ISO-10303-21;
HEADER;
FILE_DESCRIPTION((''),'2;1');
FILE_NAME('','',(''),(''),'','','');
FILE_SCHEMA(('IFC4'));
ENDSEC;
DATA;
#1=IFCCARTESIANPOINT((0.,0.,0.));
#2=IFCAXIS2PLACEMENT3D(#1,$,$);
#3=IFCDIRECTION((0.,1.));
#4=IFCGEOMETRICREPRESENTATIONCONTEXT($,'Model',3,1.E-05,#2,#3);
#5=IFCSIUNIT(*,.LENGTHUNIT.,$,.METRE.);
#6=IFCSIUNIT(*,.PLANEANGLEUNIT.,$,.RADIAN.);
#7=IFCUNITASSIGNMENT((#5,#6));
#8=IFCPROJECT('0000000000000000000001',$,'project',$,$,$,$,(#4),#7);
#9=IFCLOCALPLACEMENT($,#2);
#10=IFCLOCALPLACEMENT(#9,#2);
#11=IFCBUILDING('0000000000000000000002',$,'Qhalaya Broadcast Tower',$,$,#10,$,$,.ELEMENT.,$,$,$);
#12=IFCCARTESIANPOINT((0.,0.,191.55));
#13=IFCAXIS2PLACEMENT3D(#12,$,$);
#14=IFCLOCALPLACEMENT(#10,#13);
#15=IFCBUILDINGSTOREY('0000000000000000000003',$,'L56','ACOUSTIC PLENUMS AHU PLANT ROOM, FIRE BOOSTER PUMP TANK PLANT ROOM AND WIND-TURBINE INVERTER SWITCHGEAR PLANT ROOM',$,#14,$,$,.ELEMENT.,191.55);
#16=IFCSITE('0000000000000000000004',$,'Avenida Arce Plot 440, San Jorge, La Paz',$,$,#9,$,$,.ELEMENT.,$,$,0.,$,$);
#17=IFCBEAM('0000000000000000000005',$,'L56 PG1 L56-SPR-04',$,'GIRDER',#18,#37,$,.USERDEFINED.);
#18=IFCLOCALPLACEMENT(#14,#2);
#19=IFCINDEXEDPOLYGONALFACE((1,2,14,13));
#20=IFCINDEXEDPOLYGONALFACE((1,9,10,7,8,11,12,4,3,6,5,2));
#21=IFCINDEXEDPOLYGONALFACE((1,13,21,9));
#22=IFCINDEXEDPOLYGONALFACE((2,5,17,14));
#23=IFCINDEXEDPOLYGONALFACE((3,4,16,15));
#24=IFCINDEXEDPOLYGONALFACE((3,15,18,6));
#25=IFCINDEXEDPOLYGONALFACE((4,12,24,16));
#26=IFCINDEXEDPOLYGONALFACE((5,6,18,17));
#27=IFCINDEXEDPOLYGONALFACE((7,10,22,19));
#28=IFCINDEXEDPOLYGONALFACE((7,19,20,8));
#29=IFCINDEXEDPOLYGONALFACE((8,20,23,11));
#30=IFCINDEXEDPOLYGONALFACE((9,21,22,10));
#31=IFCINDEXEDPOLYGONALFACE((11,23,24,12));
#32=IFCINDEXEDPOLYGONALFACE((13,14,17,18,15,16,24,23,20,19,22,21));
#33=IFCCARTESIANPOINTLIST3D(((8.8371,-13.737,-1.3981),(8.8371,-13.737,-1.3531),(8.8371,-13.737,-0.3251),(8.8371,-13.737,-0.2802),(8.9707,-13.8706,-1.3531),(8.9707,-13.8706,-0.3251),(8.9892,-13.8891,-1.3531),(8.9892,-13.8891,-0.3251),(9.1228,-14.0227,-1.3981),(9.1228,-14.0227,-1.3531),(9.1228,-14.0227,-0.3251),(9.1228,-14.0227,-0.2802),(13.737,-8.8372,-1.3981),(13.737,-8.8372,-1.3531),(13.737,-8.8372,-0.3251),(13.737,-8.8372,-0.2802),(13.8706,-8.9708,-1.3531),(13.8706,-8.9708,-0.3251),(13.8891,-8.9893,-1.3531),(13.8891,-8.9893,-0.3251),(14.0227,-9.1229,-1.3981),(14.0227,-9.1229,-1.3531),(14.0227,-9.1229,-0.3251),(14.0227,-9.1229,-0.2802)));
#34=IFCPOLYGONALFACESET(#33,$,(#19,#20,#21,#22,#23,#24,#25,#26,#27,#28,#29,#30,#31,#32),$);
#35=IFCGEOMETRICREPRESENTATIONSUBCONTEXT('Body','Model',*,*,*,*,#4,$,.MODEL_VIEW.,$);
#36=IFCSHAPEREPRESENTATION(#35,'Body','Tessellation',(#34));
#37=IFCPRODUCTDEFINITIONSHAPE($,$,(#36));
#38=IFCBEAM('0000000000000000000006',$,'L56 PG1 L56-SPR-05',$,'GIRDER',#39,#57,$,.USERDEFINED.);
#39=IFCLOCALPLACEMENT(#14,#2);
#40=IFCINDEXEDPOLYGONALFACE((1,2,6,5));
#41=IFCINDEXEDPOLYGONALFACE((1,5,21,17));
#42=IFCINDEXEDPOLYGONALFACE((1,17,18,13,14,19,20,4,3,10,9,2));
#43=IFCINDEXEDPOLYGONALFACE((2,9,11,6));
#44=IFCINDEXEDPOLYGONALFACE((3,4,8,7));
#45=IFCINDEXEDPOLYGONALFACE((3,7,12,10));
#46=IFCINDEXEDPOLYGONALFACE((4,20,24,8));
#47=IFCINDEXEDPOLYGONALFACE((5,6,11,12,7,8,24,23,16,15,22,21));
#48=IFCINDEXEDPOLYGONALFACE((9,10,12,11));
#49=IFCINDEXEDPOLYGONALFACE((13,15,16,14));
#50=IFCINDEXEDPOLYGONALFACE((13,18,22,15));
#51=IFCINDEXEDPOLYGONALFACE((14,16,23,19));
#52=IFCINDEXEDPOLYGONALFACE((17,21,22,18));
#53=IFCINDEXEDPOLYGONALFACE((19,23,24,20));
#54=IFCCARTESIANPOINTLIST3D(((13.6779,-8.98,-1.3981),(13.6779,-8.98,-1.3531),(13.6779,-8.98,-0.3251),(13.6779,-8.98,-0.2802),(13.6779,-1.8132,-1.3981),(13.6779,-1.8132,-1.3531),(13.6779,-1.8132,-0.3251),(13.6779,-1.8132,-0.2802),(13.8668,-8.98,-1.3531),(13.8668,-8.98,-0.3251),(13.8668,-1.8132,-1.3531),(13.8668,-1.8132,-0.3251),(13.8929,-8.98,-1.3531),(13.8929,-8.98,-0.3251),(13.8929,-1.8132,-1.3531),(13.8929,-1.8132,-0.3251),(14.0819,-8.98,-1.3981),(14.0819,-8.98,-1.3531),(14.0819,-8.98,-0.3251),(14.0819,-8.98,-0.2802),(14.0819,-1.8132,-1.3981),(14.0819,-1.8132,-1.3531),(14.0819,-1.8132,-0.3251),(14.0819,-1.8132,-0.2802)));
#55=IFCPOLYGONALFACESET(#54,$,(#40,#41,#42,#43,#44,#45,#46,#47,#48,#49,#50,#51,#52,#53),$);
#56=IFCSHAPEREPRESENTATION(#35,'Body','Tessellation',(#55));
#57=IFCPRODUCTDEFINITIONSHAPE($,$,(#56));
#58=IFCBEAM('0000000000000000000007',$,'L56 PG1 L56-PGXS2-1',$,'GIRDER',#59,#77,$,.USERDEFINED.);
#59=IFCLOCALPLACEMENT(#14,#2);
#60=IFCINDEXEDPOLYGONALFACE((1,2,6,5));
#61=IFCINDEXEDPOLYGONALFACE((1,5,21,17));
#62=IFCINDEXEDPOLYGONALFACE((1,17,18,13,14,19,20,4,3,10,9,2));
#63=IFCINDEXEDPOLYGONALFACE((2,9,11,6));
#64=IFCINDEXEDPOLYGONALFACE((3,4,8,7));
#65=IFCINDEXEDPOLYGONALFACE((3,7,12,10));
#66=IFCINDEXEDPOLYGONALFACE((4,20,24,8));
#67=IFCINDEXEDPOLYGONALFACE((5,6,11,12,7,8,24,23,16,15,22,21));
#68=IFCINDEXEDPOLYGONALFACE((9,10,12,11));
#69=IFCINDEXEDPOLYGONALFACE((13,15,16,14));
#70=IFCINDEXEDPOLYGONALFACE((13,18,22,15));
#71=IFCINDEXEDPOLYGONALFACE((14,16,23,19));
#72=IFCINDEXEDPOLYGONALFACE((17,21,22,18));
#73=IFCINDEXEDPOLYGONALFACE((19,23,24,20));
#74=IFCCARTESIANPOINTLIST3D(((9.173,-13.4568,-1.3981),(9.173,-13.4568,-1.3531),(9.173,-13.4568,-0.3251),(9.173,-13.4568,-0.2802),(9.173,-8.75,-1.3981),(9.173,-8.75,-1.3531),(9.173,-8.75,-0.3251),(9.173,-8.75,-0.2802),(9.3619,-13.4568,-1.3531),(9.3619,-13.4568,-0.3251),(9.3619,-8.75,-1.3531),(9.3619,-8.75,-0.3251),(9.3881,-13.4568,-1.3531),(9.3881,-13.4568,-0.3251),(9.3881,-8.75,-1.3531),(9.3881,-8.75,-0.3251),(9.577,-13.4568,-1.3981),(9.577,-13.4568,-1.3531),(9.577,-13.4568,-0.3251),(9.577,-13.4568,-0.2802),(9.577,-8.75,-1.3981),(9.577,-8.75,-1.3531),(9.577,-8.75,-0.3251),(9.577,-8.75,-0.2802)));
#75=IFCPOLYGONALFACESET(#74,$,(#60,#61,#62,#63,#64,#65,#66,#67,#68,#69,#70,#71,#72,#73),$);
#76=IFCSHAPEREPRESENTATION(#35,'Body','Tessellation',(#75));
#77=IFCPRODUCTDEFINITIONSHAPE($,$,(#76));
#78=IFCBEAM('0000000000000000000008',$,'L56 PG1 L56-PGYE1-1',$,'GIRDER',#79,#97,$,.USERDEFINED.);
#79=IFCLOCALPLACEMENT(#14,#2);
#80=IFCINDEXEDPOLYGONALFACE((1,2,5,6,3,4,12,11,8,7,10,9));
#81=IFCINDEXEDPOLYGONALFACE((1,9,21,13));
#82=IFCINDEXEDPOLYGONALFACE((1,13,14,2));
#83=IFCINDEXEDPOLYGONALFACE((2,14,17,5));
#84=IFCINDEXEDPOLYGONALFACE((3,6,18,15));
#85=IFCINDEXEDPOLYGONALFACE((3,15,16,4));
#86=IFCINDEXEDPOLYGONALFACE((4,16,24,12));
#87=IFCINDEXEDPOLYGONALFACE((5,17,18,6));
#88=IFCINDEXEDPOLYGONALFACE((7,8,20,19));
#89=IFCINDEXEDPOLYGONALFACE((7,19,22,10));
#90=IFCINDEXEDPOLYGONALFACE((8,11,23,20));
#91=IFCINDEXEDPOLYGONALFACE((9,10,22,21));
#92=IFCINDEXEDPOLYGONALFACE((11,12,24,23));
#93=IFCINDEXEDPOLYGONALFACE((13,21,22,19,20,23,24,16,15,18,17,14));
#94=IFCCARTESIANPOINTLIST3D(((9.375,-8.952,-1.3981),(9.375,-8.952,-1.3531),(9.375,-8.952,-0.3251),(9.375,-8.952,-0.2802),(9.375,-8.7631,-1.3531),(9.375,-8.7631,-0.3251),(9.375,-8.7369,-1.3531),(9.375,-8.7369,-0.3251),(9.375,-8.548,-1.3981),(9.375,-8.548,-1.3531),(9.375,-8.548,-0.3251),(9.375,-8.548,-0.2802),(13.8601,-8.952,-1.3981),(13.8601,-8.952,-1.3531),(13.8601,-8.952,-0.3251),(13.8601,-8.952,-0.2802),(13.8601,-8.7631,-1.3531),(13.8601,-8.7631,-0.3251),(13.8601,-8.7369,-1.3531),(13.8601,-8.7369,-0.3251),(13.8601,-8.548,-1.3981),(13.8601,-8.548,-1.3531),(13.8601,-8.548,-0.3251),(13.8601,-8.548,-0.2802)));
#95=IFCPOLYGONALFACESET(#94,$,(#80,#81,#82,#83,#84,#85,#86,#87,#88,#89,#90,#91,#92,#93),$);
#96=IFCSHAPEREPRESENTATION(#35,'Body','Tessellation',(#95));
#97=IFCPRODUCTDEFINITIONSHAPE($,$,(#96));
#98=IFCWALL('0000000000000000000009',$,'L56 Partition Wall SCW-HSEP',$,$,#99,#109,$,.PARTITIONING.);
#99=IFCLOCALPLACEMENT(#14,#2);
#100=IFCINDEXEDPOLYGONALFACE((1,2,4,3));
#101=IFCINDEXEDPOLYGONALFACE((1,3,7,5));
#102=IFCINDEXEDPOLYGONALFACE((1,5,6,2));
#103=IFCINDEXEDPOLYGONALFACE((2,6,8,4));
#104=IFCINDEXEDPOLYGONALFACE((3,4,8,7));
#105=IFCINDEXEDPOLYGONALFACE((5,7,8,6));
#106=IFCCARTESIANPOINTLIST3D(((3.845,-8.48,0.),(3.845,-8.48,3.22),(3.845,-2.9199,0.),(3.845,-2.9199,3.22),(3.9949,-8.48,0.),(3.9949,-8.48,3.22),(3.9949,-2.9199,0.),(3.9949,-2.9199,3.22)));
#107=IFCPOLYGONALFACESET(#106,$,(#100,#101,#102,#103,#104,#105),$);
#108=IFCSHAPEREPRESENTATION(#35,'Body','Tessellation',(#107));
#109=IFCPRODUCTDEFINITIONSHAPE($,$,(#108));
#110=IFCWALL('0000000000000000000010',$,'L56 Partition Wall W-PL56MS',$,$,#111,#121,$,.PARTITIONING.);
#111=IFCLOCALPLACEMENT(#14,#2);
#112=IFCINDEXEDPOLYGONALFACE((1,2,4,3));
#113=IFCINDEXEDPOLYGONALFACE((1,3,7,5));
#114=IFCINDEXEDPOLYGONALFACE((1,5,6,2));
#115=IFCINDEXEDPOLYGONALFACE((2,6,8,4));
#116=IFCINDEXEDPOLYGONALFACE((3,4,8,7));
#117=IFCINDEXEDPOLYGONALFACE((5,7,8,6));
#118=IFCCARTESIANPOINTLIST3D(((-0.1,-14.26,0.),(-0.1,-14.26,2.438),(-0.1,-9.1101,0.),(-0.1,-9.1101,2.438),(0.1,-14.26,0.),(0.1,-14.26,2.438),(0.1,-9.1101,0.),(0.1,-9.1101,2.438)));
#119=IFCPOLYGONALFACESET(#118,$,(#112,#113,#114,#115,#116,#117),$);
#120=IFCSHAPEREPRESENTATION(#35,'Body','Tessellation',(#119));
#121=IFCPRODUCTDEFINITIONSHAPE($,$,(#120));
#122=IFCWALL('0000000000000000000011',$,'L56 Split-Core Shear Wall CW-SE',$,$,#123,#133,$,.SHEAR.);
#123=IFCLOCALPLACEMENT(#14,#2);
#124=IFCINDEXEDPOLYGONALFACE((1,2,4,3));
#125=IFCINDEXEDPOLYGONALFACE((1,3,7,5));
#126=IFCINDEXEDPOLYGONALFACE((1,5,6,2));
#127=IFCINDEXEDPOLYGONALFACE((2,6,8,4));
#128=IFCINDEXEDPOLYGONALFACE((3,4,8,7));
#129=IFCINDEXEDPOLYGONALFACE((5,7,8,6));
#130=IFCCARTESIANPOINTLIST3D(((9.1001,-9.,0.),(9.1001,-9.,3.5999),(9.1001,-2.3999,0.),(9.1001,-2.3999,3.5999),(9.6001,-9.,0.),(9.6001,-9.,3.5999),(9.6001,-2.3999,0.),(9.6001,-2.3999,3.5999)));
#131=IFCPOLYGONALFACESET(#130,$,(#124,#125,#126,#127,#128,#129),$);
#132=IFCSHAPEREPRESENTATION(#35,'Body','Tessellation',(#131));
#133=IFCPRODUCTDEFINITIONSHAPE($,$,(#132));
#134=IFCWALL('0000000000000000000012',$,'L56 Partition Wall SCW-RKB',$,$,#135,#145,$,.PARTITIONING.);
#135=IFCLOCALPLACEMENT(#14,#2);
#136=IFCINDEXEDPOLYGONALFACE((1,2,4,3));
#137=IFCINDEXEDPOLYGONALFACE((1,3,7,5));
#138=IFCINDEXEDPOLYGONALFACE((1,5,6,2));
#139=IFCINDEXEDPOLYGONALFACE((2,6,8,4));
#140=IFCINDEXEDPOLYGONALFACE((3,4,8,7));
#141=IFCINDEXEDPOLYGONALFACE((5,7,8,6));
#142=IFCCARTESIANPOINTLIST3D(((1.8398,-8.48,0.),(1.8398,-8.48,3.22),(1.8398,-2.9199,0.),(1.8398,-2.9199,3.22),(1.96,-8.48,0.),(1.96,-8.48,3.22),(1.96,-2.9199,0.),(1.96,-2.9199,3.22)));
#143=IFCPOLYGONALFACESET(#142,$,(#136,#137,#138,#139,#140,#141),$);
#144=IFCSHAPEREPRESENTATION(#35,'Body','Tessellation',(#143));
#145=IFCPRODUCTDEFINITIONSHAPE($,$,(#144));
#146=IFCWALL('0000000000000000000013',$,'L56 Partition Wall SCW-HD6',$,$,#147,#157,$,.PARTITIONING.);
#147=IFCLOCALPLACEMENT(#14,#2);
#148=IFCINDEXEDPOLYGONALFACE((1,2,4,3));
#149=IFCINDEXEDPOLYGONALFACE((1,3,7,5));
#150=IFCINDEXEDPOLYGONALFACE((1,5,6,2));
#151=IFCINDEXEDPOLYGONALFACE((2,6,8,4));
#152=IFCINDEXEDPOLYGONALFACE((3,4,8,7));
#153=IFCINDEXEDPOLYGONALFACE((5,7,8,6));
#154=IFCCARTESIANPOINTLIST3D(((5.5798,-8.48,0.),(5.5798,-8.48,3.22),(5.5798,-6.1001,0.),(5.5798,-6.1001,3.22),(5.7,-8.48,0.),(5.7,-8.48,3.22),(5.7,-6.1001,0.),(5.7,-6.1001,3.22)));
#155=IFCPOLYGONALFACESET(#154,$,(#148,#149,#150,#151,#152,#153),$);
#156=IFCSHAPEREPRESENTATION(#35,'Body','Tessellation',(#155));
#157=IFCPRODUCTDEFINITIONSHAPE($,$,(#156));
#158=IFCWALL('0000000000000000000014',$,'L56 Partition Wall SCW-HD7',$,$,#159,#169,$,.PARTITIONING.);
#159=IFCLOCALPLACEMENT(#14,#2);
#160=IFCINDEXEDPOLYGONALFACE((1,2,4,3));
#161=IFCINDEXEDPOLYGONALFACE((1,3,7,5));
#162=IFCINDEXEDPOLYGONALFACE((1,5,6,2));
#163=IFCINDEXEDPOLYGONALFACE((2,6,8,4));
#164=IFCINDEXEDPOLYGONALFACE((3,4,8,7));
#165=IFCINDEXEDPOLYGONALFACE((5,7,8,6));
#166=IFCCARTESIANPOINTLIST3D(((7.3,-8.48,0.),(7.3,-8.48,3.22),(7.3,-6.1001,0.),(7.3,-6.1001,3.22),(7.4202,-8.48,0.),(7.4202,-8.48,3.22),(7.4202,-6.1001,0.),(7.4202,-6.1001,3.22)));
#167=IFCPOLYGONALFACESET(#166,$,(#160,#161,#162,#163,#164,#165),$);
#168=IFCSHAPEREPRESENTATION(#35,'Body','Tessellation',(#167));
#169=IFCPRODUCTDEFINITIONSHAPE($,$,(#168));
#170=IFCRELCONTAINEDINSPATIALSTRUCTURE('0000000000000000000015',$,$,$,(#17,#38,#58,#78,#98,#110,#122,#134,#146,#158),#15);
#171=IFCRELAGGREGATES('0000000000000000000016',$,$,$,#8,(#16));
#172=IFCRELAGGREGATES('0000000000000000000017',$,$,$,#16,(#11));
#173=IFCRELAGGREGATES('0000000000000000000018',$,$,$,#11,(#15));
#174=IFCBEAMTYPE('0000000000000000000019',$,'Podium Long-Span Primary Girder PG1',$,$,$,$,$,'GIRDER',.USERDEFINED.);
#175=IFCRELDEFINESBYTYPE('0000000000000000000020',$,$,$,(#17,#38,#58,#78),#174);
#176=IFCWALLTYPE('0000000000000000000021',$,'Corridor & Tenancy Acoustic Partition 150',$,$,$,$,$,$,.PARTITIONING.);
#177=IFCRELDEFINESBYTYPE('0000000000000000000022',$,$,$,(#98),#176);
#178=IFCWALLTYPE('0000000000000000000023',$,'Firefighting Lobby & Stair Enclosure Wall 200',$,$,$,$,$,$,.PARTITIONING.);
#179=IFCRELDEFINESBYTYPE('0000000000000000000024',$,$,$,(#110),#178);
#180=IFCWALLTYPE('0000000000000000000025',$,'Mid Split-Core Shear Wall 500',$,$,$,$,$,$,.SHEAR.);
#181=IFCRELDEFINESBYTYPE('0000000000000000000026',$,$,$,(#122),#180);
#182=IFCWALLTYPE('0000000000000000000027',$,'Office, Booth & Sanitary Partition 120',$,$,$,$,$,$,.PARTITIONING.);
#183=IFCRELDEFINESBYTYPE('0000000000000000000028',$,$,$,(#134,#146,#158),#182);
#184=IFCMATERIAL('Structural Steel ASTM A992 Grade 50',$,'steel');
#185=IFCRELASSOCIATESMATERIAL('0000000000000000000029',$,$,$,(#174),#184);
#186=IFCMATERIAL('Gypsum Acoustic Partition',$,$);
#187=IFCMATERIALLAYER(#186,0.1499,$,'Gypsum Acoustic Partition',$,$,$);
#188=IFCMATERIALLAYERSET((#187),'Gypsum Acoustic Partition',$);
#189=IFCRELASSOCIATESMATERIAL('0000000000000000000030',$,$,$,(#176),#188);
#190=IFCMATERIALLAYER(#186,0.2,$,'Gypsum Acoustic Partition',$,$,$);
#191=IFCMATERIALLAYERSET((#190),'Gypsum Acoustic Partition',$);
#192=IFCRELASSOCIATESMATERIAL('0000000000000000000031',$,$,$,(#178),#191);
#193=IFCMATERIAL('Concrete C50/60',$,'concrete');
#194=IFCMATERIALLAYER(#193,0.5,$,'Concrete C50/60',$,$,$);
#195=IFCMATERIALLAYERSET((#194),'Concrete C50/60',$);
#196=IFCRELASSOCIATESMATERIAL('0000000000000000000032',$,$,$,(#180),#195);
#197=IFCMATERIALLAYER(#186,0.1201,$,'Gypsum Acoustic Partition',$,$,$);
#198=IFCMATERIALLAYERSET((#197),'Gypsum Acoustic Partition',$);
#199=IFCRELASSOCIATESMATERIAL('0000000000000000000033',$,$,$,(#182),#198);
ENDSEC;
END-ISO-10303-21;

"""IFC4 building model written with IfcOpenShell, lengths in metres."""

from ifc_helpers import new_model, si_unit, direction, frame, frame_2d, origin, origin_2d, place, context, subcontext, project, spatial, rectangle, i_section, extrude, material, layer, layer_set, material_profile, profile_set, type_object, element, save


model = new_model("IFC4")

# Units and contexts
model_context = context("Model", 3, precision=1e-05, world=origin(), true_north=direction((0.0, 1.0)))
body_context = subcontext(model_context, "Body", "Model", "MODEL_VIEW")
ifc_project = project(units=[si_unit("LENGTHUNIT", "METRE"), si_unit("PLANEANGLEUNIT", "RADIAN")], contexts=[model_context])

# Site, building, storey
site_placement = place(None, origin())
site = spatial("IfcSite", under=ifc_project, at=site_placement, Name="Avenida Arce Plot 440, San Jorge, La Paz", CompositionType="ELEMENT", RefElevation=0.0)
building_placement = place(site_placement, origin())
building = spatial("IfcBuilding", under=site, at=building_placement, Name="Qhalaya Broadcast Tower", CompositionType="ELEMENT")
storey_placement = place(building_placement, frame((0.0, 0.0, 191.55)))
storey = spatial("IfcBuildingStorey", under=building, at=storey_placement, Name="L56", Description="ACOUSTIC PLENUMS AHU PLANT ROOM, FIRE BOOSTER PUMP TANK PLANT ROOM AND WIND-TURBINE INVERTER SWITCHGEAR PLANT ROOM", CompositionType="ELEMENT", Elevation=191.55)

# Shared definitions
ifc_material_1 = material(Name="Concrete C50/60", Category="concrete")

# Beams
ifc_material_2 = material(Name="Structural Steel ASTM A992 Grade 50", Category="steel")
ifc_material_profile_1 = material_profile(ifc_material_2, i_section(OverallWidth=0.4041, OverallDepth=1.1179, WebThickness=0.0261, FlangeThickness=0.0449, at=origin_2d()), Name="W44X335")
ifc_profile_set_1 = profile_set([ifc_material_profile_1], Name="Structural Steel ASTM A992 Grade 50")
beam_type_1 = type_object("IfcBeamType", Name="Podium Long-Span Primary Girder PG1", ElementType="GIRDER", PredefinedType="USERDEFINED", material=ifc_profile_set_1)
beam_1_placement = place(storey_placement, frame((8.98, -13.8799, -0.8391), z_axis=(0.707107, 0.707107, 0.0), x_axis=(-0.707107, 0.707107, 0.0)))
element("IfcBeam", 1, at=beam_1_placement, inside=storey, type_object=beam_type_1, Name="L56 PG1 L56-SPR-04", ObjectType="GIRDER", PredefinedType="USERDEFINED", context=body_context, shape_type="SweptSolid", body=[
    extrude(i_section(OverallWidth=0.4041, OverallDepth=1.1179, WebThickness=0.0261, FlangeThickness=0.0449, at=origin_2d()), origin(), (0.0, 0.0, 1.0), 6.9294),
])
beam_2_placement = place(storey_placement, frame((13.8799, -8.98, -0.8391), z_axis=(0.0, 1.0, 0.0), x_axis=(-1.0, 0.0, 0.0)))
element("IfcBeam", 2, at=beam_2_placement, inside=storey, type_object=beam_type_1, Name="L56 PG1 L56-SPR-05", ObjectType="GIRDER", PredefinedType="USERDEFINED", context=body_context, shape_type="SweptSolid", body=[
    extrude(i_section(OverallWidth=0.4041, OverallDepth=1.1179, WebThickness=0.0261, FlangeThickness=0.0449, at=origin_2d()), origin(), (0.0, 0.0, 1.0), 7.1667),
])
beam_3_placement = place(storey_placement, frame((9.375, -13.4568, -0.8391), z_axis=(0.0, 1.0, 0.0), x_axis=(-1.0, 0.0, 0.0)))
element("IfcBeam", 3, at=beam_3_placement, inside=storey, type_object=beam_type_1, Name="L56 PG1 L56-PGXS2-1", ObjectType="GIRDER", PredefinedType="USERDEFINED", context=body_context, shape_type="SweptSolid", body=[
    extrude(i_section(OverallWidth=0.4041, OverallDepth=1.1179, WebThickness=0.0261, FlangeThickness=0.0449, at=origin_2d()), origin(), (0.0, 0.0, 1.0), 4.7068),
])
beam_4_placement = place(storey_placement, frame((9.375, -8.75, -0.8391), z_axis=(1.0, 0.0, 0.0), x_axis=(0.0, 1.0, 0.0)))
element("IfcBeam", 4, at=beam_4_placement, inside=storey, type_object=beam_type_1, Name="L56 PG1 L56-PGYE1-1", ObjectType="GIRDER", PredefinedType="USERDEFINED", context=body_context, shape_type="SweptSolid", body=[
    extrude(i_section(OverallWidth=0.4041, OverallDepth=1.1179, WebThickness=0.0261, FlangeThickness=0.0449, at=origin_2d()), origin(), (0.0, 0.0, 1.0), 4.4851),
])

# Walls
ifc_material_3 = material(Name="Gypsum Acoustic Partition")
ifc_layer_1 = layer(ifc_material_3, 0.1499, Name="Gypsum Acoustic Partition")
ifc_layer_set_1 = layer_set([ifc_layer_1], Name="Gypsum Acoustic Partition")
wall_type_1 = type_object("IfcWallType", Name="Corridor & Tenancy Acoustic Partition 150", PredefinedType="PARTITIONING", material=ifc_layer_set_1)
wall_1_placement = place(storey_placement, frame((3.9199, -8.48, 0.0), z_axis=(0.0, 0.0, 1.0), x_axis=(0.0, 1.0, 0.0)))
element("IfcWall", 5, at=wall_1_placement, inside=storey, type_object=wall_type_1, Name="L56 Partition Wall SCW-HSEP", PredefinedType="PARTITIONING", context=body_context, shape_type="SweptSolid", body=[
    extrude(rectangle(XDim=5.5601, YDim=0.1499, at=frame_2d((2.78, 0.0))), origin(), (0.0, 0.0, 1.0), 3.22),
])
ifc_layer_2 = layer(ifc_material_3, 0.2, Name="Gypsum Acoustic Partition")
ifc_layer_set_2 = layer_set([ifc_layer_2], Name="Gypsum Acoustic Partition")
wall_type_2 = type_object("IfcWallType", Name="Firefighting Lobby & Stair Enclosure Wall 200", PredefinedType="PARTITIONING", material=ifc_layer_set_2)
wall_2_placement = place(storey_placement, frame((0.0, -14.26, 0.0), z_axis=(0.0, 0.0, 1.0), x_axis=(0.0, 1.0, 0.0)))
element("IfcWall", 6, at=wall_2_placement, inside=storey, type_object=wall_type_2, Name="L56 Partition Wall W-PL56MS", PredefinedType="PARTITIONING", context=body_context, shape_type="SweptSolid", body=[
    extrude(rectangle(XDim=5.1499, YDim=0.2, at=frame_2d((2.575, 0.0))), origin(), (0.0, 0.0, 1.0), 2.438),
])
ifc_layer_3 = layer(ifc_material_1, 0.5, Name="Concrete C50/60")
ifc_layer_set_3 = layer_set([ifc_layer_3], Name="Concrete C50/60")
wall_type_3 = type_object("IfcWallType", Name="Mid Split-Core Shear Wall 500", PredefinedType="SHEAR", material=ifc_layer_set_3)
wall_3_placement = place(storey_placement, frame((9.3501, -9.0, 0.0), z_axis=(0.0, 0.0, 1.0), x_axis=(0.0, 1.0, 0.0)))
element("IfcWall", 7, at=wall_3_placement, inside=storey, type_object=wall_type_3, Name="L56 Split-Core Shear Wall CW-SE", PredefinedType="SHEAR", context=body_context, shape_type="SweptSolid", body=[
    extrude(rectangle(XDim=6.6001, YDim=0.5, at=frame_2d((3.3, 0.0))), origin(), (0.0, 0.0, 1.0), 3.5999),
])
ifc_layer_4 = layer(ifc_material_3, 0.1201, Name="Gypsum Acoustic Partition")
ifc_layer_set_4 = layer_set([ifc_layer_4], Name="Gypsum Acoustic Partition")
wall_type_4 = type_object("IfcWallType", Name="Office, Booth & Sanitary Partition 120", PredefinedType="PARTITIONING", material=ifc_layer_set_4)
wall_4_placement = place(storey_placement, frame((1.8999, -8.48, 0.0), z_axis=(0.0, 0.0, 1.0), x_axis=(0.0, 1.0, 0.0)))
element("IfcWall", 8, at=wall_4_placement, inside=storey, type_object=wall_type_4, Name="L56 Partition Wall SCW-RKB", PredefinedType="PARTITIONING", context=body_context, shape_type="SweptSolid", body=[
    extrude(rectangle(XDim=5.5601, YDim=0.1201, at=frame_2d((2.78, 0.0))), origin(), (0.0, 0.0, 1.0), 3.22),
])
for number, where, z_axis, x_axis, name in (
    (9, (5.6399, -8.48, 0.0), (0.0, 0.0, 1.0), (0.0, 1.0, 0.0), "L56 Partition Wall SCW-HD6"),
    (10, (7.3601, -8.48, 0.0), (0.0, 0.0, 1.0), (0.0, 1.0, 0.0), "L56 Partition Wall SCW-HD7"),
):
    element("IfcWall", number, at=place(storey_placement, frame(where, z_axis=z_axis, x_axis=x_axis)), inside=storey, type_object=wall_type_4, Name=name, PredefinedType="PARTITIONING", context=body_context, shape_type="SweptSolid", body=[
        extrude(rectangle(XDim=2.3799, YDim=0.1201, at=frame_2d((1.1899, 0.0))), origin(), (0.0, 0.0, 1.0), 3.22),
    ])

save(model, "model.ifc")
